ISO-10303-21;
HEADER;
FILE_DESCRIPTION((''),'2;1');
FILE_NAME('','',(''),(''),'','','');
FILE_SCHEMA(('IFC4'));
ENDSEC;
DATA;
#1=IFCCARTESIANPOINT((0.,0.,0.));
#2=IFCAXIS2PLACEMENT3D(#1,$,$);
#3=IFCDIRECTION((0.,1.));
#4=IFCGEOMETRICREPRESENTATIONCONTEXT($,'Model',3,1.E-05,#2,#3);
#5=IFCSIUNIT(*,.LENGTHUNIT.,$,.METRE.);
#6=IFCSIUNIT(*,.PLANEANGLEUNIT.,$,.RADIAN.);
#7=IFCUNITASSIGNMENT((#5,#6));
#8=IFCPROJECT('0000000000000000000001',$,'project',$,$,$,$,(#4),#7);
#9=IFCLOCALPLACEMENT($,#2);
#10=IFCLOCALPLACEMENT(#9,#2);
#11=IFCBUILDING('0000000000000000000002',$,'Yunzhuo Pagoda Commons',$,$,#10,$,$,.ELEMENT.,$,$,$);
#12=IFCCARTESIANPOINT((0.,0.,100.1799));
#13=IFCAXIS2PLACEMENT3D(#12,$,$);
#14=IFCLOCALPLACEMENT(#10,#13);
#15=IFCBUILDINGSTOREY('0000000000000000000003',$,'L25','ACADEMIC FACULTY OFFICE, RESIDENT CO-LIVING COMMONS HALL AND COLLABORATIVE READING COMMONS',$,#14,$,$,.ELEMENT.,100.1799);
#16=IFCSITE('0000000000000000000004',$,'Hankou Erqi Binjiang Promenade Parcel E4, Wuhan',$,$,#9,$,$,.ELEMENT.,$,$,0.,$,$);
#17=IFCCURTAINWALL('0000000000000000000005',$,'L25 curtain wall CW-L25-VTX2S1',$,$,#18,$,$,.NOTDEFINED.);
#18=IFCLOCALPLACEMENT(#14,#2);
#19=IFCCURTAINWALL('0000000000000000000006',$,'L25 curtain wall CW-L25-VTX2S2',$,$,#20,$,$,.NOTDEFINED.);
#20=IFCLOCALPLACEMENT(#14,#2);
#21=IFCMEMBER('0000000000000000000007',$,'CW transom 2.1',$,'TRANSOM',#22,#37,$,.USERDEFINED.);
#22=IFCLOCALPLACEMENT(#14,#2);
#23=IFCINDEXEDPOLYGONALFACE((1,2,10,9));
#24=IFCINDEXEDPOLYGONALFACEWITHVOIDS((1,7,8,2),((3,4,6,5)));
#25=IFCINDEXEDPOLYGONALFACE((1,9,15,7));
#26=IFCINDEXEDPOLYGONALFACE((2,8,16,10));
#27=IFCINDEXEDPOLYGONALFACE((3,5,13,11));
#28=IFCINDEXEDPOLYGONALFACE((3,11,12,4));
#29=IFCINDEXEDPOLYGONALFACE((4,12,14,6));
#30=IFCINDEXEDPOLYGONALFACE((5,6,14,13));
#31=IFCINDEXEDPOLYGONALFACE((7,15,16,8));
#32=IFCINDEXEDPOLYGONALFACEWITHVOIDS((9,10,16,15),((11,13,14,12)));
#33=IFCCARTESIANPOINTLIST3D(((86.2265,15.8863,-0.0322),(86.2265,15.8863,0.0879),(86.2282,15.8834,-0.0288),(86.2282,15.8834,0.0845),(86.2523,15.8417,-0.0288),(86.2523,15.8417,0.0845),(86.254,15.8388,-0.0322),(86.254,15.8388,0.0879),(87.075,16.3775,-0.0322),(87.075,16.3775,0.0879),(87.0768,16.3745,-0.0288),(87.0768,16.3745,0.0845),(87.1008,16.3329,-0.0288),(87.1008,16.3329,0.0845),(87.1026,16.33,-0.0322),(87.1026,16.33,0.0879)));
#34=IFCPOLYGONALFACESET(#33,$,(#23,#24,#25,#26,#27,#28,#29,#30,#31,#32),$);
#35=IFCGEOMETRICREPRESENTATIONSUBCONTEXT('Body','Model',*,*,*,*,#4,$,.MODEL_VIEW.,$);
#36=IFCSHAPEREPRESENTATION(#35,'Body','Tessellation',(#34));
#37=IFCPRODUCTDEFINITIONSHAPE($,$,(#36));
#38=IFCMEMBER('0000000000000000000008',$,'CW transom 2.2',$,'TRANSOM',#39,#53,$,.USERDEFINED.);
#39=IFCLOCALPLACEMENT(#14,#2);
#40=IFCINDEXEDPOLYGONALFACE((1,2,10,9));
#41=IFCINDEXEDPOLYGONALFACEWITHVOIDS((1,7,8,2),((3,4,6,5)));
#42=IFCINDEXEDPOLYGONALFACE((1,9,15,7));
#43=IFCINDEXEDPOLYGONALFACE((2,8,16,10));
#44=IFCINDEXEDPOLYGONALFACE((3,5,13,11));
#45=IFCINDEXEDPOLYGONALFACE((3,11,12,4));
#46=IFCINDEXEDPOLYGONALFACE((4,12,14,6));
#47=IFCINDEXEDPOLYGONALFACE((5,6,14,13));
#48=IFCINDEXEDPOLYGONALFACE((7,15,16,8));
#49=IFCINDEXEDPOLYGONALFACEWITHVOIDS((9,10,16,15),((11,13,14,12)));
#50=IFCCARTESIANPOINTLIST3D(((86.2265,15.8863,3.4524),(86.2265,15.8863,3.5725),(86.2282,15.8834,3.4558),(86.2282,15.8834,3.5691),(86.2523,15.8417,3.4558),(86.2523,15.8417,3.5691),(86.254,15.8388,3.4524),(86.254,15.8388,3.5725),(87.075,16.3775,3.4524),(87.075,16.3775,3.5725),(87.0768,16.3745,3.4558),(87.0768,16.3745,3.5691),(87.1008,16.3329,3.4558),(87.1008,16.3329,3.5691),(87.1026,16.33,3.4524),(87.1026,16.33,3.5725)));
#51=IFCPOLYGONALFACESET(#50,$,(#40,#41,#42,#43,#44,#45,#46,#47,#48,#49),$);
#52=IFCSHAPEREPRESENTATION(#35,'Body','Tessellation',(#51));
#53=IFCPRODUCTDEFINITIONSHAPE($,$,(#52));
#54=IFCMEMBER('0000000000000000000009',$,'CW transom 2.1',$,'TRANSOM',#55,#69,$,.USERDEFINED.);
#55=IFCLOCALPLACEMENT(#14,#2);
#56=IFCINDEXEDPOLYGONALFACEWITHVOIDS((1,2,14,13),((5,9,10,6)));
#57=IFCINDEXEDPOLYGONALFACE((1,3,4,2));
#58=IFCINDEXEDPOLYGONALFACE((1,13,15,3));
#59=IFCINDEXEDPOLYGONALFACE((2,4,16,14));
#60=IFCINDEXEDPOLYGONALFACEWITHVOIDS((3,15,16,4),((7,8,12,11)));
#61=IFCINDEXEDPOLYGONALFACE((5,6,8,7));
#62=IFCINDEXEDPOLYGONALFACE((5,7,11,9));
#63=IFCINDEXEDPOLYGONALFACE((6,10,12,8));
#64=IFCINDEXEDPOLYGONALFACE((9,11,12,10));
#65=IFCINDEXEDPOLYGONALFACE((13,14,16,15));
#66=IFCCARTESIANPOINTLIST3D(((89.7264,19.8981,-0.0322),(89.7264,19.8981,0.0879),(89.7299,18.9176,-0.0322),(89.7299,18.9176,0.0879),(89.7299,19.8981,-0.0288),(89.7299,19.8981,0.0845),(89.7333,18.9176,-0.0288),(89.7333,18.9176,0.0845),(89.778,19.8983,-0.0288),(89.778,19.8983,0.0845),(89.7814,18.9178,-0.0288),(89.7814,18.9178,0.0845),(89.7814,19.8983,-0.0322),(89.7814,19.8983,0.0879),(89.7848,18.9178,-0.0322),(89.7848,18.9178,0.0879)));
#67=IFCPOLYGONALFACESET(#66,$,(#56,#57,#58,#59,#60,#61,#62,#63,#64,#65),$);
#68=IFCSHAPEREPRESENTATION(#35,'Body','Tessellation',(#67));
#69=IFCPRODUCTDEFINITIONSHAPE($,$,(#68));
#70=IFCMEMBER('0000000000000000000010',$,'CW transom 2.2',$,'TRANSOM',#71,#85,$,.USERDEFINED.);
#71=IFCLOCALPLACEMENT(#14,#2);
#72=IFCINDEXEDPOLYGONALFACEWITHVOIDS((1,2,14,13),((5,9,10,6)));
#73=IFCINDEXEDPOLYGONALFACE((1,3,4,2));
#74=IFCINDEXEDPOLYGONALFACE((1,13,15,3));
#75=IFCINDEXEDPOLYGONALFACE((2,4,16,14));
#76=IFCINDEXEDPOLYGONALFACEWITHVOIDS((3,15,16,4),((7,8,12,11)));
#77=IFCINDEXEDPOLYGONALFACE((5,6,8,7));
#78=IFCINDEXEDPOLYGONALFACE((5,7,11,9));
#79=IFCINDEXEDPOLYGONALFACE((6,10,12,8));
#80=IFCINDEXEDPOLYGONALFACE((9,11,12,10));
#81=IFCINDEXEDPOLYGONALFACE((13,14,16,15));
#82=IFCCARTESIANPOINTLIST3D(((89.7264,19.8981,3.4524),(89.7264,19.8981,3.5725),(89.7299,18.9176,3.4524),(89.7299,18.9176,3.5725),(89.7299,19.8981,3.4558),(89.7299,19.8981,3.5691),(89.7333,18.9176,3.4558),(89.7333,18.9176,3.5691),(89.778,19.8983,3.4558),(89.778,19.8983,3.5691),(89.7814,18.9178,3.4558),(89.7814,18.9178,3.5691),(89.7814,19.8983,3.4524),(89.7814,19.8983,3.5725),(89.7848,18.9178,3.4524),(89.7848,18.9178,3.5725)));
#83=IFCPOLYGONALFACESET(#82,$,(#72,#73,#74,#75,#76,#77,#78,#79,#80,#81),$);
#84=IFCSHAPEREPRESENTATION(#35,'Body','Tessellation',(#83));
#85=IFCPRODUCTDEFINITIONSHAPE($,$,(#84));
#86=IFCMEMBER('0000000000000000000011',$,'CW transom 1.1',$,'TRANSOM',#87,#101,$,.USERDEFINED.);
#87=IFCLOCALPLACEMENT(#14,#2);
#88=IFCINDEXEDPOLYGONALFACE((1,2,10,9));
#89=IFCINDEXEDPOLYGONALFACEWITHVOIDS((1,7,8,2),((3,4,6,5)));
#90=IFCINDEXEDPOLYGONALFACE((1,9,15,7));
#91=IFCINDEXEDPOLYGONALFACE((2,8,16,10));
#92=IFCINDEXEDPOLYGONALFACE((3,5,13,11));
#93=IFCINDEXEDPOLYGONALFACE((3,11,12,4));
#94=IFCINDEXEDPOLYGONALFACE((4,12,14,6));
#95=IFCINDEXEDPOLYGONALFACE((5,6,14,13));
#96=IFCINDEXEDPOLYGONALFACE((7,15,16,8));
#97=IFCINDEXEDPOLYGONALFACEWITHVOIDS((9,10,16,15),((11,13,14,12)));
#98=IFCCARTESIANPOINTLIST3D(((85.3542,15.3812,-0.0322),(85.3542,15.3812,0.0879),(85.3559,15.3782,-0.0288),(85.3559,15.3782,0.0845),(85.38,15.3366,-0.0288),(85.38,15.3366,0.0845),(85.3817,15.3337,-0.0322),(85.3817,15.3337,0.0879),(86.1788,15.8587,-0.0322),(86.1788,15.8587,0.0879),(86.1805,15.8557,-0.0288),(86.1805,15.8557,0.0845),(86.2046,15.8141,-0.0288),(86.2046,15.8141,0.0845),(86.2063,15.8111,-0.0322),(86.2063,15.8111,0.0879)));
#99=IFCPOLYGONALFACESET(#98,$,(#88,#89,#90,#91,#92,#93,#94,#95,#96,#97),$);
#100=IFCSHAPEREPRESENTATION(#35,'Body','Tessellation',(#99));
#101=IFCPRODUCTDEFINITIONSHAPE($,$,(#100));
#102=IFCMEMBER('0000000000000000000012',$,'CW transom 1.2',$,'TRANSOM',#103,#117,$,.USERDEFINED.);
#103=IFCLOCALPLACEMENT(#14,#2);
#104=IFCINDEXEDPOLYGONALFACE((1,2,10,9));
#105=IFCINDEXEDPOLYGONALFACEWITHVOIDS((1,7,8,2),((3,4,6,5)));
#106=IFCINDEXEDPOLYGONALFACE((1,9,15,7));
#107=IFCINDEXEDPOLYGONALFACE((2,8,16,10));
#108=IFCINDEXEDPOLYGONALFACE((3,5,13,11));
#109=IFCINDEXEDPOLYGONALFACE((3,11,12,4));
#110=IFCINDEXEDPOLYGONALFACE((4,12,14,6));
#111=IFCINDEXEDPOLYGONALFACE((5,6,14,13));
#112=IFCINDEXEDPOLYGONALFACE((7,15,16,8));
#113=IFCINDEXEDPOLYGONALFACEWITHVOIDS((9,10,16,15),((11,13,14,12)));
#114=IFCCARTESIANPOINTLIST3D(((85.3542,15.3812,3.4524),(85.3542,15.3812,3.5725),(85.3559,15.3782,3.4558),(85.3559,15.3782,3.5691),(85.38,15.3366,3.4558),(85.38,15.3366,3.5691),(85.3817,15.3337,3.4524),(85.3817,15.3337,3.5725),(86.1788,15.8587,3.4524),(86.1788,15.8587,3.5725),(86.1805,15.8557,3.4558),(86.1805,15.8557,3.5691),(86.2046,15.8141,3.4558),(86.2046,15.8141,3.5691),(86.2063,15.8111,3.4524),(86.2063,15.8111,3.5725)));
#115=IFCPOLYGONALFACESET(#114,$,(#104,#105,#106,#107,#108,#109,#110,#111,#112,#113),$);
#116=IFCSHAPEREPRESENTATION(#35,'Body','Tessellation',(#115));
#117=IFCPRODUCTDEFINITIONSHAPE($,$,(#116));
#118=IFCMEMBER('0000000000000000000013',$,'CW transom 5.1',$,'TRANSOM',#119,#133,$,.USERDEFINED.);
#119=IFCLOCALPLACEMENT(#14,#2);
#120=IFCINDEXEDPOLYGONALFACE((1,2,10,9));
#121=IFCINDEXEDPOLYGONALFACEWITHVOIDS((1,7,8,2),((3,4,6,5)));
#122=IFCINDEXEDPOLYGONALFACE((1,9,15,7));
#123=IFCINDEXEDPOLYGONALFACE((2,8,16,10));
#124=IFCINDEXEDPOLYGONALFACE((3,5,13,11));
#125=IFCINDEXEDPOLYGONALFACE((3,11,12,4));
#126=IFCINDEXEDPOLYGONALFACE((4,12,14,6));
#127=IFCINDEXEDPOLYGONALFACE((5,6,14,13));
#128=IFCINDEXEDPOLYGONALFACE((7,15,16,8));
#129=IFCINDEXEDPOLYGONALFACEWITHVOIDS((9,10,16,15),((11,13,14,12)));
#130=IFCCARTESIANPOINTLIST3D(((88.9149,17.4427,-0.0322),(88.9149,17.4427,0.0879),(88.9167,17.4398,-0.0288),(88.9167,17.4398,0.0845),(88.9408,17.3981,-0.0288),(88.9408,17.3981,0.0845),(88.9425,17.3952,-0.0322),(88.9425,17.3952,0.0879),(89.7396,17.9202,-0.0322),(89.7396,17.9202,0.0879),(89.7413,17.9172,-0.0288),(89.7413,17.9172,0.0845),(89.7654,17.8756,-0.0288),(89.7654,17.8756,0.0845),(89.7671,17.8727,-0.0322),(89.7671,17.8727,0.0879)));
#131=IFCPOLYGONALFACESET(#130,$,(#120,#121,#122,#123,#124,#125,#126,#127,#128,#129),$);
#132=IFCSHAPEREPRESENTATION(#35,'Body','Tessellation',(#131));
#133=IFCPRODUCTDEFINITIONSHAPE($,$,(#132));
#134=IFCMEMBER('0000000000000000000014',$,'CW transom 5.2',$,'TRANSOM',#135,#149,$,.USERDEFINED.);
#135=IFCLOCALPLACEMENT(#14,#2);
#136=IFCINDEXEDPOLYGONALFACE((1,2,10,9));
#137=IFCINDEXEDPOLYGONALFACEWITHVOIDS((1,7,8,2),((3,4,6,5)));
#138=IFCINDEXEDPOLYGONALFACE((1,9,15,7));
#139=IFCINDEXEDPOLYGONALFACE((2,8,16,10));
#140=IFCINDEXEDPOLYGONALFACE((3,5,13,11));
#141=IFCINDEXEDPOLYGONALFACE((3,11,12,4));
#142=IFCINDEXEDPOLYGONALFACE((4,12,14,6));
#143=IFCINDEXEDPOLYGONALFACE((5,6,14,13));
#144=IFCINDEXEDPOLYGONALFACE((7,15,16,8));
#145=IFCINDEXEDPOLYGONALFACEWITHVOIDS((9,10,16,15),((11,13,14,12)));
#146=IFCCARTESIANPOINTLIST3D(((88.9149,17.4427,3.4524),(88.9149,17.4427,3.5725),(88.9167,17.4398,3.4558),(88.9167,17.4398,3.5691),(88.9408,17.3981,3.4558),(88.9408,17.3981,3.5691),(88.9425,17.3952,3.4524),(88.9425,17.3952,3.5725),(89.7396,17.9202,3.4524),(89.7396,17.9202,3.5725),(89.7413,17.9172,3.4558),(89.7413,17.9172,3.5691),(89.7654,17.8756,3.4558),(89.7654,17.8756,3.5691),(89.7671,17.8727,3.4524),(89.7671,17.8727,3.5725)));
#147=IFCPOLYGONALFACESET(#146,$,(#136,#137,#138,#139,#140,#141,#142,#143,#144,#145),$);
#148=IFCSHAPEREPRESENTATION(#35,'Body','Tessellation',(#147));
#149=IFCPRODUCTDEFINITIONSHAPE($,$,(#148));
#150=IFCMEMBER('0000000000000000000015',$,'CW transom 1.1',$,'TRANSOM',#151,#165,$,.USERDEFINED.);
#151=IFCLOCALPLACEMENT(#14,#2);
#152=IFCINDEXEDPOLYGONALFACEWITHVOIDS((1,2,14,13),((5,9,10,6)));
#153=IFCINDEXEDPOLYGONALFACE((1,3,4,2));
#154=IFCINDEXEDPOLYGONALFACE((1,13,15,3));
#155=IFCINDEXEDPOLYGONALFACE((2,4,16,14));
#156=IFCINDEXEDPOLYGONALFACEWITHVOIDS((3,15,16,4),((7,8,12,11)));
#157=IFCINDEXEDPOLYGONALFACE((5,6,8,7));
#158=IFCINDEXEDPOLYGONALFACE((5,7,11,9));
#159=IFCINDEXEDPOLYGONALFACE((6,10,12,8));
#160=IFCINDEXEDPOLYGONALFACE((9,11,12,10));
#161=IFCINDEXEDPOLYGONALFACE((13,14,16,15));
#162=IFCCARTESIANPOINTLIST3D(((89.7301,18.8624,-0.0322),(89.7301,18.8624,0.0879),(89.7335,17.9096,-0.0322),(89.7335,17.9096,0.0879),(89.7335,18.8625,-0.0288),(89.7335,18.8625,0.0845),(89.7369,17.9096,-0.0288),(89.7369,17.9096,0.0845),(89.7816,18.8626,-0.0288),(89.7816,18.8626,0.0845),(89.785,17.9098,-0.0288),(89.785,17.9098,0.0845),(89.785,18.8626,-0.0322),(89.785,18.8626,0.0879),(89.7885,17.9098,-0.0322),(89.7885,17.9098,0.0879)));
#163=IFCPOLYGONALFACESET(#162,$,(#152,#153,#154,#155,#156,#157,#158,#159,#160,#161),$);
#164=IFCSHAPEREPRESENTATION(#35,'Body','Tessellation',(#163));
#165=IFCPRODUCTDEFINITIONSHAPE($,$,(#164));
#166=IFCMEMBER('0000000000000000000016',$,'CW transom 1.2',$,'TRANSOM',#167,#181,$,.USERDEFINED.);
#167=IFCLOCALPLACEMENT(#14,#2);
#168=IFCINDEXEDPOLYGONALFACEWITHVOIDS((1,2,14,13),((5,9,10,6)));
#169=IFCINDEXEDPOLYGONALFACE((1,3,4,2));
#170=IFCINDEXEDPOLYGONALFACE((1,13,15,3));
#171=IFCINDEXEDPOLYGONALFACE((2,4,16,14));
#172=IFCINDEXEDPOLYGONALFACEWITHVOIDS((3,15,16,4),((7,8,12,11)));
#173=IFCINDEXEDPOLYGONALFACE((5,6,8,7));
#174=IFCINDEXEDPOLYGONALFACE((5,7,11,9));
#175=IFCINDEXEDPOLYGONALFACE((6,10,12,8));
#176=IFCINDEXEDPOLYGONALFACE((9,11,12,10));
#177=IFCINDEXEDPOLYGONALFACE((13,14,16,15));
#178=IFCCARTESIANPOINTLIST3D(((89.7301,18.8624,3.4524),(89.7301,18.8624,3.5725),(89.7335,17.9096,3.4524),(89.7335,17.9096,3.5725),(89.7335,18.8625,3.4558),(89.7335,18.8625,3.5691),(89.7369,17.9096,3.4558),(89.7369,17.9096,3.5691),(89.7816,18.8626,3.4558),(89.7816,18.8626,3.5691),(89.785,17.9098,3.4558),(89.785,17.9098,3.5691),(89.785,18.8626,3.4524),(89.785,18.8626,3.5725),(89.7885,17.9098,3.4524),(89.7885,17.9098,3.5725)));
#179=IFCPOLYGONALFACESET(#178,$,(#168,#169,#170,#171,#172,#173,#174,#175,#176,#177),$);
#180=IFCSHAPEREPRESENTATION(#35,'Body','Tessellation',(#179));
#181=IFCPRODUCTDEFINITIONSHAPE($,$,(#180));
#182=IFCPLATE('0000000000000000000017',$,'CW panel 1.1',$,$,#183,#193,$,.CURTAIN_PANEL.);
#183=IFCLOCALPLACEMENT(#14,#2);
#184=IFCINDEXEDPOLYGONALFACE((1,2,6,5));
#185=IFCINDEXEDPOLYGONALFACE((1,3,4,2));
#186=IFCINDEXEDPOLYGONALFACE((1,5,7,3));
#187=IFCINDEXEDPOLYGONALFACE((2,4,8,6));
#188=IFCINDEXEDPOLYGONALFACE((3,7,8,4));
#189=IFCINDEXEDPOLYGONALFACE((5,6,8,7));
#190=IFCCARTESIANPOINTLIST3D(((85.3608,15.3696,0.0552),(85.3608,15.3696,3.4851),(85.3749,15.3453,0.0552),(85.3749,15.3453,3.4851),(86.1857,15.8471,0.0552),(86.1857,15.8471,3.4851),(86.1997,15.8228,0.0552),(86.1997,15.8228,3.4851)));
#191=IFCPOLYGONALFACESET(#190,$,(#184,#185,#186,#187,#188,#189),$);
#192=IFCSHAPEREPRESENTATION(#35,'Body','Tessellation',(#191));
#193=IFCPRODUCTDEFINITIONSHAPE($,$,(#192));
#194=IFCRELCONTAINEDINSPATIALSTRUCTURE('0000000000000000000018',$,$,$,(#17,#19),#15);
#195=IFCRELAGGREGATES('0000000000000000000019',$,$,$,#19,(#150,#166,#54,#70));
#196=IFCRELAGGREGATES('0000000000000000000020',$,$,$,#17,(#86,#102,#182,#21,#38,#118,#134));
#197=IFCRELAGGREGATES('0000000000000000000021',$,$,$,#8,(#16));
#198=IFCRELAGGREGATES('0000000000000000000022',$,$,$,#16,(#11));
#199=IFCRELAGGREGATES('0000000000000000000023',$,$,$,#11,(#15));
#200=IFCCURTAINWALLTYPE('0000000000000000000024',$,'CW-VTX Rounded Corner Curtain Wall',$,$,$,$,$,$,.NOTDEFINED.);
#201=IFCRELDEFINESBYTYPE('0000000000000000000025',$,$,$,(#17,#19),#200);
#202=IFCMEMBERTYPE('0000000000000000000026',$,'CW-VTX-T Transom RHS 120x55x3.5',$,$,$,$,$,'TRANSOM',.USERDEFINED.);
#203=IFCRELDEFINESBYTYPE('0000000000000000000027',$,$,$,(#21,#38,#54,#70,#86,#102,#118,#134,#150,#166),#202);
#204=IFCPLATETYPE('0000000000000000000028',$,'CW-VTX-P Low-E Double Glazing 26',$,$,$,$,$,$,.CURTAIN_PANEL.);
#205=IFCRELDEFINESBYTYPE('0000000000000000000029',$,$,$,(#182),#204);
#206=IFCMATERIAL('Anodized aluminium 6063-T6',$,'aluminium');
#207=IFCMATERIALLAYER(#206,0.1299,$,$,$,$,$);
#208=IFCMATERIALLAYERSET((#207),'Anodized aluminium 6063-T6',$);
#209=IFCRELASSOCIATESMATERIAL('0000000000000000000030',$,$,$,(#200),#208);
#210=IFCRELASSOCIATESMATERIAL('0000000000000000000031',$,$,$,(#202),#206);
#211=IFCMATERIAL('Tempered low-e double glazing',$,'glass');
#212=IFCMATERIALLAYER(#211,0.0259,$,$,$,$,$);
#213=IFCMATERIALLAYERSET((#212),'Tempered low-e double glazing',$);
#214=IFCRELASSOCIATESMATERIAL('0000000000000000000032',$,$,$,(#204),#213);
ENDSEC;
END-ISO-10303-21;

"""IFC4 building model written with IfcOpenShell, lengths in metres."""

from ifc_helpers import new_model, si_unit, direction, frame, origin, origin_2d, place, context, subcontext, project, spatial, rectangle, hollow_rectangle, extrude, source, transform, mapped, material, layer, layer_set, material_profile, profile_set, type_object, element, aggregate, save


model = new_model("IFC4")

# Units and contexts
model_context = context("Model", 3, precision=1e-05, world=origin(), true_north=direction((0.0, 1.0)))
body_context = subcontext(model_context, "Body", "Model", "MODEL_VIEW")
ifc_project = project(units=[si_unit("LENGTHUNIT", "METRE"), si_unit("PLANEANGLEUNIT", "RADIAN")], contexts=[model_context])

# Site, building, storey
site_placement = place(None, origin())
site = spatial("IfcSite", under=ifc_project, at=site_placement, Name="Hankou Erqi Binjiang Promenade Parcel E4, Wuhan", CompositionType="ELEMENT", RefElevation=0.0)
building_placement = place(site_placement, origin())
building = spatial("IfcBuilding", under=site, at=building_placement, Name="Yunzhuo Pagoda Commons", CompositionType="ELEMENT")
storey_placement = place(building_placement, frame((0.0, 0.0, 100.1799)))
storey = spatial("IfcBuildingStorey", under=building, at=storey_placement, Name="L25", Description="ACADEMIC FACULTY OFFICE, RESIDENT CO-LIVING COMMONS HALL AND COLLABORATIVE READING COMMONS", CompositionType="ELEMENT", Elevation=100.1799)

# Shared definitions
ifc_material_1 = material(Name="Anodized aluminium 6063-T6", Category="aluminium")

# Curtain wall
ifc_layer_1 = layer(ifc_material_1, 0.1299)
ifc_layer_set_1 = layer_set([ifc_layer_1], Name="Anodized aluminium 6063-T6")
curtain_wall_type_1 = type_object("IfcCurtainWallType", Name="CW-VTX Rounded Corner Curtain Wall", PredefinedType="NOTDEFINED", material=ifc_layer_set_1)
curtain_wall_1_placement = place(storey_placement, origin())
curtain_wall_1 = element("IfcCurtainWall", 1, at=curtain_wall_1_placement, inside=storey, type_object=curtain_wall_type_1, Name="L25 curtain wall CW-L25-VTX2S1", PredefinedType="NOTDEFINED")

# Curtain wall
curtain_wall_2_placement = place(storey_placement, origin())
curtain_wall_2 = element("IfcCurtainWall", 2, at=curtain_wall_2_placement, inside=storey, type_object=curtain_wall_type_1, Name="L25 curtain wall CW-L25-VTX2S2", PredefinedType="NOTDEFINED")

# Members
ifc_material_profile_1 = material_profile(ifc_material_1, hollow_rectangle(XDim=0.0549, YDim=0.1201, WallThickness=0.0034, at=origin_2d()), Name="Anodized aluminium 6063-T6")
ifc_profile_set_1 = profile_set([ifc_material_profile_1], Name="Anodized aluminium 6063-T6")
member_type_1 = type_object("IfcMemberType", Name="CW-VTX-T Transom RHS 120x55x3.5", ElementType="TRANSOM", PredefinedType="USERDEFINED", material=ifc_profile_set_1)
shared_shape_1 = source(origin(), body_context, "Body", "SweptSolid", [
    extrude(hollow_rectangle(XDim=0.0549, YDim=0.1201, WallThickness=0.0034, at=origin_2d()), origin(), (0.0, 0.0, 1.0), 0.9805),
])
member_1_placement = place(storey_placement, frame((86.2402, 15.8625, 0.0278), z_axis=(0.865472, 0.500958, 0.0), x_axis=(-0.500958, 0.865472, 0.0)))
member_1 = element("IfcMember", 3, at=member_1_placement, type_object=member_type_1, Name="CW transom 2.1", ObjectType="TRANSOM", PredefinedType="USERDEFINED", context=body_context, shape_type="MappedRepresentation", body=[
    mapped(shared_shape_1, transform((0.0, 0.0, 0.0), scale=1.0)),
])
member_2_placement = place(storey_placement, frame((86.2402, 15.8625, 3.5125), z_axis=(0.865472, 0.500958, 0.0), x_axis=(-0.500958, 0.865472, 0.0)))
member_2 = element("IfcMember", 4, at=member_2_placement, type_object=member_type_1, Name="CW transom 2.2", ObjectType="TRANSOM", PredefinedType="USERDEFINED", context=body_context, shape_type="MappedRepresentation", body=[
    mapped(shared_shape_1, transform((0.0, 0.0, 0.0), scale=1.0)),
])
member_3_placement = place(storey_placement, frame((89.7573, 18.9177, 0.0278), z_axis=(-0.003486, 0.999994, 0.0), x_axis=(-0.999994, -0.003486, 0.0)))
member_3 = element("IfcMember", 5, at=member_3_placement, type_object=member_type_1, Name="CW transom 2.1", ObjectType="TRANSOM", PredefinedType="USERDEFINED", context=body_context, shape_type="MappedRepresentation", body=[
    mapped(shared_shape_1, transform((0.0, 0.0, 0.0), scale=1.0)),
])
member_4_placement = place(storey_placement, frame((89.7573, 18.9177, 3.5125), z_axis=(-0.003486, 0.999994, 0.0), x_axis=(-0.999994, -0.003486, 0.0)))
member_4 = element("IfcMember", 6, at=member_4_placement, type_object=member_type_1, Name="CW transom 2.2", ObjectType="TRANSOM", PredefinedType="USERDEFINED", context=body_context, shape_type="MappedRepresentation", body=[
    mapped(shared_shape_1, transform((0.0, 0.0, 0.0), scale=1.0)),
])
shared_shape_2 = source(origin(), body_context, "Body", "SweptSolid", [
    extrude(hollow_rectangle(XDim=0.0549, YDim=0.1201, WallThickness=0.0034, at=origin_2d()), origin(), (0.0, 0.0, 1.0), 0.9529),
])
member_5_placement = place(storey_placement, frame((85.3679, 15.3574, 0.0278), z_axis=(0.865391, 0.501097, 0.0), x_axis=(-0.501097, 0.865391, 0.0)))
member_5 = element("IfcMember", 7, at=member_5_placement, type_object=member_type_1, Name="CW transom 1.1", ObjectType="TRANSOM", PredefinedType="USERDEFINED", context=body_context, shape_type="MappedRepresentation", body=[
    mapped(shared_shape_2, transform((0.0, 0.0, 0.0), scale=1.0)),
])
member_6_placement = place(storey_placement, frame((85.3679, 15.3574, 3.5125), z_axis=(0.865391, 0.501097, 0.0), x_axis=(-0.501097, 0.865391, 0.0)))
member_6 = element("IfcMember", 8, at=member_6_placement, type_object=member_type_1, Name="CW transom 1.2", ObjectType="TRANSOM", PredefinedType="USERDEFINED", context=body_context, shape_type="MappedRepresentation", body=[
    mapped(shared_shape_2, transform((0.0, 0.0, 0.0), scale=1.0)),
])
member_7_placement = place(storey_placement, frame((88.9287, 17.4189, 0.0278), z_axis=(0.865391, 0.501097, 0.0), x_axis=(-0.501097, 0.865391, 0.0)))
member_7 = element("IfcMember", 9, at=member_7_placement, type_object=member_type_1, Name="CW transom 5.1", ObjectType="TRANSOM", PredefinedType="USERDEFINED", context=body_context, shape_type="MappedRepresentation", body=[
    mapped(shared_shape_2, transform((0.0, 0.0, 0.0), scale=1.0)),
])
member_8_placement = place(storey_placement, frame((88.9287, 17.4189, 3.5125), z_axis=(0.865391, 0.501097, 0.0), x_axis=(-0.501097, 0.865391, 0.0)))
member_8 = element("IfcMember", 10, at=member_8_placement, type_object=member_type_1, Name="CW transom 5.2", ObjectType="TRANSOM", PredefinedType="USERDEFINED", context=body_context, shape_type="MappedRepresentation", body=[
    mapped(shared_shape_2, transform((0.0, 0.0, 0.0), scale=1.0)),
])
member_9_placement = place(storey_placement, frame((89.761, 17.9097, 0.0278), z_axis=(-0.003587, 0.999994, 0.0), x_axis=(-0.999994, -0.003587, 0.0)))
member_9 = element("IfcMember", 11, at=member_9_placement, type_object=member_type_1, Name="CW transom 1.1", ObjectType="TRANSOM", PredefinedType="USERDEFINED", context=body_context, shape_type="MappedRepresentation", body=[
    mapped(shared_shape_2, transform((0.0, 0.0, 0.0), scale=1.0)),
])
member_10_placement = place(storey_placement, frame((89.761, 17.9097, 3.5125), z_axis=(-0.003587, 0.999994, 0.0), x_axis=(-0.999994, -0.003587, 0.0)))
member_10 = element("IfcMember", 12, at=member_10_placement, type_object=member_type_1, Name="CW transom 1.2", ObjectType="TRANSOM", PredefinedType="USERDEFINED", context=body_context, shape_type="MappedRepresentation", body=[
    mapped(shared_shape_2, transform((0.0, 0.0, 0.0), scale=1.0)),
])

# Plate
ifc_material_2 = material(Name="Tempered low-e double glazing", Category="glass")
ifc_layer_2 = layer(ifc_material_2, 0.0259)
ifc_layer_set_2 = layer_set([ifc_layer_2], Name="Tempered low-e double glazing")
plate_type = type_object("IfcPlateType", Name="CW-VTX-P Low-E Double Glazing 26", PredefinedType="CURTAIN_PANEL", material=ifc_layer_set_2)
shared_shape_3 = source(origin(), body_context, "Body", "SweptSolid", [
    extrude(rectangle(XDim=0.9531, YDim=0.0281, at=origin_2d()), origin(), (0.0, 0.0, 1.0), 3.4299),
])
plate_1_placement = place(storey_placement, frame((85.7803, 15.5962, 0.0552), z_axis=(0.0, 0.0, 1.0), x_axis=(0.865427, 0.501036, 0.0)))
plate_1 = element("IfcPlate", 13, at=plate_1_placement, type_object=plate_type, Name="CW panel 1.1", PredefinedType="CURTAIN_PANEL", context=body_context, shape_type="MappedRepresentation", body=[
    mapped(shared_shape_3, transform((0.0, 0.0, 0.0), scale=1.0)),
])
aggregate(curtain_wall_2, [member_9, member_10, member_3, member_4])
aggregate(curtain_wall_1, [member_5, member_6, plate_1, member_1, member_2, member_7, member_8])

save(model, "model.ifc")
